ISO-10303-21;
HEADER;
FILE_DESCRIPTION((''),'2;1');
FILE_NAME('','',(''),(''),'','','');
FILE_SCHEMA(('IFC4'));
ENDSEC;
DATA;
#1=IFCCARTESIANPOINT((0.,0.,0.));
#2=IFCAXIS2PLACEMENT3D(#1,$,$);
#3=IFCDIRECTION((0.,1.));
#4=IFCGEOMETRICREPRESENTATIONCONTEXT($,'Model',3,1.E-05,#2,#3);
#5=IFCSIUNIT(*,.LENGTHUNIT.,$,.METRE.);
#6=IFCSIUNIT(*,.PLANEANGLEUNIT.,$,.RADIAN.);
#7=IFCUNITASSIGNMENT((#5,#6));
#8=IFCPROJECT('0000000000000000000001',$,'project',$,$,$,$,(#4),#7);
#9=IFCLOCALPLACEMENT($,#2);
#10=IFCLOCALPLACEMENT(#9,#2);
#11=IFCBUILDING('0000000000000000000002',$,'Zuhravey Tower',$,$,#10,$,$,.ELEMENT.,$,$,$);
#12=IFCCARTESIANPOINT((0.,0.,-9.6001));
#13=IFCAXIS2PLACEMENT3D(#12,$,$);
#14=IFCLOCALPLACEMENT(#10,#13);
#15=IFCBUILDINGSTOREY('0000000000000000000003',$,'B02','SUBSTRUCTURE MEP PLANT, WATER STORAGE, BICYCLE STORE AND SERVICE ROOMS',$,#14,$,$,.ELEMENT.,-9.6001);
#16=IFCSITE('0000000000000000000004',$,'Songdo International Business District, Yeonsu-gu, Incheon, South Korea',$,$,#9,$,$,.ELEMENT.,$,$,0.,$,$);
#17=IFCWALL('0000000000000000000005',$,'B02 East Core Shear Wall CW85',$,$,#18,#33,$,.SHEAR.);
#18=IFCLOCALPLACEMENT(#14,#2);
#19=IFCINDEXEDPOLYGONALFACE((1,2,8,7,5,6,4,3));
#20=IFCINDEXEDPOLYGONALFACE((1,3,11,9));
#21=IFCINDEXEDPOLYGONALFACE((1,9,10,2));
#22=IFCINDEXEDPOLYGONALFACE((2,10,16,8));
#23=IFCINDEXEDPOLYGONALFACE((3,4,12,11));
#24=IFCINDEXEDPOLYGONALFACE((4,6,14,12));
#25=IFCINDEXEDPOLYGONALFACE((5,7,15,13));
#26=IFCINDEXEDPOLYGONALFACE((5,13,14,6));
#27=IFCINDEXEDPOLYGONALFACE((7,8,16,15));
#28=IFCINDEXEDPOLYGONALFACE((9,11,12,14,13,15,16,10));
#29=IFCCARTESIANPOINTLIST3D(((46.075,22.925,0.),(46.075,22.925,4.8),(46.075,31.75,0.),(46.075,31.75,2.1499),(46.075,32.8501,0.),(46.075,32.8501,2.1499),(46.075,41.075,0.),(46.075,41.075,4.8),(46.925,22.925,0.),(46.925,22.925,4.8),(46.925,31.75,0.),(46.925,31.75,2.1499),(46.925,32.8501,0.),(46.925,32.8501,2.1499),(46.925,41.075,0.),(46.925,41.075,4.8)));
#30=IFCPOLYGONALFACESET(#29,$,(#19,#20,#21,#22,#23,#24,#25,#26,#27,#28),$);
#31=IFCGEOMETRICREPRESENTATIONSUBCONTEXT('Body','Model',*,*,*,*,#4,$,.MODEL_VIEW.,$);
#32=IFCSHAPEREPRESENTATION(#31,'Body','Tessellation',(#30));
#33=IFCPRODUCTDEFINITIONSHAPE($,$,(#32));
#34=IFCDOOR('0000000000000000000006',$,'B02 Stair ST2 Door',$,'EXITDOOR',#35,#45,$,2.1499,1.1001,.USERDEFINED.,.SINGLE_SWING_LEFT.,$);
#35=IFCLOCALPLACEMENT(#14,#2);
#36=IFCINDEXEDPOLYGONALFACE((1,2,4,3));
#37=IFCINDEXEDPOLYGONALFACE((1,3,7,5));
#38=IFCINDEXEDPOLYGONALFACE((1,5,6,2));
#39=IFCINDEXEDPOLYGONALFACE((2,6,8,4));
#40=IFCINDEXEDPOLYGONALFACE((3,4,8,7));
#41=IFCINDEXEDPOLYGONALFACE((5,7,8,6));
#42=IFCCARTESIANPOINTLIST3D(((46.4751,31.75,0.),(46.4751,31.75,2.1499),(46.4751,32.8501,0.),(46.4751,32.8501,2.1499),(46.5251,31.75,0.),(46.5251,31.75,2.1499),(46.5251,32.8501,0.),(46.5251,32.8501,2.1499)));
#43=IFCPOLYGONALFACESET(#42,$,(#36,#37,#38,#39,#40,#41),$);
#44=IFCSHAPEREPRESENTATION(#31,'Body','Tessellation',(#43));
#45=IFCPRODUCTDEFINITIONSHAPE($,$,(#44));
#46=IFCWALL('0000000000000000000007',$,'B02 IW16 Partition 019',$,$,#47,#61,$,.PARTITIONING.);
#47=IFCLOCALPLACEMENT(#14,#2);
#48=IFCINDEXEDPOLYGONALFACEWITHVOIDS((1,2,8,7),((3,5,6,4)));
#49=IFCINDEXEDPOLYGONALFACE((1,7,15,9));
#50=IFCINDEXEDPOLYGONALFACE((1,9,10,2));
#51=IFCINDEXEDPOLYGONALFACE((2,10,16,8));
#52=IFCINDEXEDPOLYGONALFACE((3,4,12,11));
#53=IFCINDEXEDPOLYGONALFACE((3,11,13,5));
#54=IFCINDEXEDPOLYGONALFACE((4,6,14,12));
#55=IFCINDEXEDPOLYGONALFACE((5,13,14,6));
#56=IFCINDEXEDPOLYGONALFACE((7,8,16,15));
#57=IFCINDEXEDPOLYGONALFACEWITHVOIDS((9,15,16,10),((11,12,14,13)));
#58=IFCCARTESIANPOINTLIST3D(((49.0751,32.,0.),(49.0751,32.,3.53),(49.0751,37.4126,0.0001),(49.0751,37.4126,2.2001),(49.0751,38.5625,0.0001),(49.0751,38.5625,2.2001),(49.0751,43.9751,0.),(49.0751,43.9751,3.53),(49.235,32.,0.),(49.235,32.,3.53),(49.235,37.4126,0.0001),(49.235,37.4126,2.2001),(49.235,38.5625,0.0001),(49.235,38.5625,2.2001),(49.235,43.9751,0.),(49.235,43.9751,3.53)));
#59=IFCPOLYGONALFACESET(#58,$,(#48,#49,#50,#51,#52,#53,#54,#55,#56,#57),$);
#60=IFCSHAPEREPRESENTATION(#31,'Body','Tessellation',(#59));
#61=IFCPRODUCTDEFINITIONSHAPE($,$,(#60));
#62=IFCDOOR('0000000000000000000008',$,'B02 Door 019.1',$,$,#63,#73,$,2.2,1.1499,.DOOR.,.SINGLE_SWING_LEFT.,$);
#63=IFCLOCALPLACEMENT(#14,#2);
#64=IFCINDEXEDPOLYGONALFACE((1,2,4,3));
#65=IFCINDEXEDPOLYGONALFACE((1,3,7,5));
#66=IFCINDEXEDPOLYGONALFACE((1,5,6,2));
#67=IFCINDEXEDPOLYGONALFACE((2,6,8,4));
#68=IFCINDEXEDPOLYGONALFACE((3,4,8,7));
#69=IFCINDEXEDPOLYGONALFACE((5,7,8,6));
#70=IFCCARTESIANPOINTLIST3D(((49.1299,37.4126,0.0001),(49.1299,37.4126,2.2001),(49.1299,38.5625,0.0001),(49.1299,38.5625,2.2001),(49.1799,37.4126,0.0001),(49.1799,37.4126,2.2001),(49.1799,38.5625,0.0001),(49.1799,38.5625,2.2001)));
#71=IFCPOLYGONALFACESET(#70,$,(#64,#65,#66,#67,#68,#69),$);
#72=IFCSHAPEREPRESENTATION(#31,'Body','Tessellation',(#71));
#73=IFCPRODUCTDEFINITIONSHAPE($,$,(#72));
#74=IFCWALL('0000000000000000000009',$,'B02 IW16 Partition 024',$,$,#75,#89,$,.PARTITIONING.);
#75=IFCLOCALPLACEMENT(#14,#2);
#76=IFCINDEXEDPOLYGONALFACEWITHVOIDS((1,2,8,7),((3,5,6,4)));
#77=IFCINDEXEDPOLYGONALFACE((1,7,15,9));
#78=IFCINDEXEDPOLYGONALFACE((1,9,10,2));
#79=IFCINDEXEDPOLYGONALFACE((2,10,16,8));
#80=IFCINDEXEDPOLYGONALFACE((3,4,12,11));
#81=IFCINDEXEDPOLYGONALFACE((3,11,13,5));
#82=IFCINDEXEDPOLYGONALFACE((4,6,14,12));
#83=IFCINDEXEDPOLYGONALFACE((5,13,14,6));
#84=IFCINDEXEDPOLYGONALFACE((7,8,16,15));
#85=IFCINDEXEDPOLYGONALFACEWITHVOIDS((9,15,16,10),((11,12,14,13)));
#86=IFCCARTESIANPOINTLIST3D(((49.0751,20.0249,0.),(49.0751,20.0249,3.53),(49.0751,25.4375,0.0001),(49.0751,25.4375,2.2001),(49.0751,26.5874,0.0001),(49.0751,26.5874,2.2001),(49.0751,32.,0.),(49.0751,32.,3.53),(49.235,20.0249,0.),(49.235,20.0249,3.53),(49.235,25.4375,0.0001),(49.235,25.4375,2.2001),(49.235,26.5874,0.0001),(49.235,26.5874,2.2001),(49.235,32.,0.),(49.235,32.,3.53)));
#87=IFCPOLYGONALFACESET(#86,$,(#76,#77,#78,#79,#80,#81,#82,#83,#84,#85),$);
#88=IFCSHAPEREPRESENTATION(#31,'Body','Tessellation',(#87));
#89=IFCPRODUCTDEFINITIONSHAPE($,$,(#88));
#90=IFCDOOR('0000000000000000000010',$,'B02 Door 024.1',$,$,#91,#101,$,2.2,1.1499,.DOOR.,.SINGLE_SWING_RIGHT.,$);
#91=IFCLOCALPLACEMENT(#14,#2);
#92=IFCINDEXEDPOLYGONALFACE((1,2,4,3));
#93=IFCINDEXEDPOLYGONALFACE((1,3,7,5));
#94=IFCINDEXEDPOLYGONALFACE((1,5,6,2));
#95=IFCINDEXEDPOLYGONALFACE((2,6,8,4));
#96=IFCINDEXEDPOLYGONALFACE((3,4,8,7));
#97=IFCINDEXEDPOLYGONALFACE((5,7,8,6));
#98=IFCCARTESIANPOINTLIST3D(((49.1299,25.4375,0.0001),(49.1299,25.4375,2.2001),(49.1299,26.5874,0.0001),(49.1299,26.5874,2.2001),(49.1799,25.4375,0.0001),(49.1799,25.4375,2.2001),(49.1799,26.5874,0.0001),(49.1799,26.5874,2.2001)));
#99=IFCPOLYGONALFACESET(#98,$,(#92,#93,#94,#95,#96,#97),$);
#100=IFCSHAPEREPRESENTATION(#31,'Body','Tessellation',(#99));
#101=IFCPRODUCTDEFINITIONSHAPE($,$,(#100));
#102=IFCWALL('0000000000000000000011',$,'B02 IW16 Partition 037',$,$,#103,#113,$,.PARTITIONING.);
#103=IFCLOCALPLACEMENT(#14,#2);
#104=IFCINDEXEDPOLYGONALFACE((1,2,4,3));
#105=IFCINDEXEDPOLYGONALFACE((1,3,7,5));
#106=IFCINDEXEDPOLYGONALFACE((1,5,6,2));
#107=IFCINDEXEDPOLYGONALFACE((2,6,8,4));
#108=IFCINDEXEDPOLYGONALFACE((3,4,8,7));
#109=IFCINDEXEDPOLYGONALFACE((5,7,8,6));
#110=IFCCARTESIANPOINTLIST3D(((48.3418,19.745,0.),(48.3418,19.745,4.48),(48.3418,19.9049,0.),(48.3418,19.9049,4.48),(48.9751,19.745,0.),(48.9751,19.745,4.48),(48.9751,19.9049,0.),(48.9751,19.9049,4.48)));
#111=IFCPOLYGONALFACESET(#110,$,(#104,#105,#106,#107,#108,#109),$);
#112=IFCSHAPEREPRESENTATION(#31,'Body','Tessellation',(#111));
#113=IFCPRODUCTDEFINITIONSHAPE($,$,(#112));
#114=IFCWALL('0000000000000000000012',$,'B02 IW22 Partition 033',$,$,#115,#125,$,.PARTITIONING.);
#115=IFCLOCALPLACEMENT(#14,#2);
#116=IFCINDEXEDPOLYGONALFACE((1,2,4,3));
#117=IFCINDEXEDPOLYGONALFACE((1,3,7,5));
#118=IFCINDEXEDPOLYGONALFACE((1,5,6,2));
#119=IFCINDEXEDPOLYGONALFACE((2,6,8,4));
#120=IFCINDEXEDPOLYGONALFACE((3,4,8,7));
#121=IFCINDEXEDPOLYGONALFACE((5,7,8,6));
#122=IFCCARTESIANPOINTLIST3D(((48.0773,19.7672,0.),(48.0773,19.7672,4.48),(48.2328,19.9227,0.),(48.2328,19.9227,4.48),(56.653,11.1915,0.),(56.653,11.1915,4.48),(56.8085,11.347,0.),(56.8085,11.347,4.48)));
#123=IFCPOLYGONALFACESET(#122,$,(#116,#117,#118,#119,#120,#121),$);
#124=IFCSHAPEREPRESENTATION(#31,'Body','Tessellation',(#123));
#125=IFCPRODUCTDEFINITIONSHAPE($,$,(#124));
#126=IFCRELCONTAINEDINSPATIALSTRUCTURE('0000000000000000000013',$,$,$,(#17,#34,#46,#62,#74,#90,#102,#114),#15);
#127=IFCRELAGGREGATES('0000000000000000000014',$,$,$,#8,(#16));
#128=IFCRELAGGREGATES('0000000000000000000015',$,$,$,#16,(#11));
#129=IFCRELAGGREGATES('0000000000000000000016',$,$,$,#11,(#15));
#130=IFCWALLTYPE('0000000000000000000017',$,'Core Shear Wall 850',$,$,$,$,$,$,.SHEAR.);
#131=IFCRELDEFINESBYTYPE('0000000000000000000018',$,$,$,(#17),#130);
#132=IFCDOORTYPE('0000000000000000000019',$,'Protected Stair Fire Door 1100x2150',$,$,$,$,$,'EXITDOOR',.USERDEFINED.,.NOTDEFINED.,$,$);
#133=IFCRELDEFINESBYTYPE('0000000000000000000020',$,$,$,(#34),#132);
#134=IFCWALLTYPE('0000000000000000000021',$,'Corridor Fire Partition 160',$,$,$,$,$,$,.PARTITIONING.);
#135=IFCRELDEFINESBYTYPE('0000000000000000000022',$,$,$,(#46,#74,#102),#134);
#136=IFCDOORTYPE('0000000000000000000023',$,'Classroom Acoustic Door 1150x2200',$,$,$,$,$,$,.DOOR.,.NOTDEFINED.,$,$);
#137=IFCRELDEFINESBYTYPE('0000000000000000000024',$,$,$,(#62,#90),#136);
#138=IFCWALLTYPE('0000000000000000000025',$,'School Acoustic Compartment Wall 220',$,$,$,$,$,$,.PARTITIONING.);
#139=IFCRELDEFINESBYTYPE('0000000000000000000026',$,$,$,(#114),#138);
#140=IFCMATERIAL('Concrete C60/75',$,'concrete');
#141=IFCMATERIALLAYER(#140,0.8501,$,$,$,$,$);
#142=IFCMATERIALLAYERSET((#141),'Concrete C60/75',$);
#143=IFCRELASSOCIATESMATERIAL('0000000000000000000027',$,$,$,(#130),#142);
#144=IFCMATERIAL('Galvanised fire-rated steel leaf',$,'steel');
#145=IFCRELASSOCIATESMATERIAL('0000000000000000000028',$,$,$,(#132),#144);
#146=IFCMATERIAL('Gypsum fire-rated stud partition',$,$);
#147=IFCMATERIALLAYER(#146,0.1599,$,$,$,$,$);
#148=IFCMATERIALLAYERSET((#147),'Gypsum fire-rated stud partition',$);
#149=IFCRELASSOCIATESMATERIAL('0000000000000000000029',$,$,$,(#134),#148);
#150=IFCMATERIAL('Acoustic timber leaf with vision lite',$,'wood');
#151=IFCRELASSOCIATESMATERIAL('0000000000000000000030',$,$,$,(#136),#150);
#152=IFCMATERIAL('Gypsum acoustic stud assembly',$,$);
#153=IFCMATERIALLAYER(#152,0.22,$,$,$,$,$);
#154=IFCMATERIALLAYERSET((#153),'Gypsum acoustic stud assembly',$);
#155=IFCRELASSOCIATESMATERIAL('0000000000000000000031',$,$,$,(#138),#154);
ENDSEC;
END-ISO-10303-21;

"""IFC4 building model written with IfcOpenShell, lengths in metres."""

from ifc_helpers import new_model, si_unit, direction, frame, frame_2d, origin, place, context, subcontext, project, spatial, rectangle, extrude, material, layer, layer_set, type_object, element, fill, save


model = new_model("IFC4")

# Units and contexts
model_context = context("Model", 3, precision=1e-05, world=origin(), true_north=direction((0.0, 1.0)))
body_context = subcontext(model_context, "Body", "Model", "MODEL_VIEW")
ifc_project = project(units=[si_unit("LENGTHUNIT", "METRE"), si_unit("PLANEANGLEUNIT", "RADIAN")], contexts=[model_context])

# Site, building, storey
site_placement = place(None, origin())
site = spatial("IfcSite", under=ifc_project, at=site_placement, Name="Songdo International Business District, Yeonsu-gu, Incheon, South Korea", CompositionType="ELEMENT", RefElevation=0.0)
building_placement = place(site_placement, origin())
building = spatial("IfcBuilding", under=site, at=building_placement, Name="Zuhravey Tower", CompositionType="ELEMENT")
storey_placement = place(building_placement, frame((0.0, 0.0, -9.6001)))
storey = spatial("IfcBuildingStorey", under=building, at=storey_placement, Name="B02", Description="SUBSTRUCTURE MEP PLANT, WATER STORAGE, BICYCLE STORE AND SERVICE ROOMS", CompositionType="ELEMENT", Elevation=-9.6001)

# Shared definitions
ifc_material_1 = material(Name="Concrete C60/75", Category="concrete")

# Walls, openings, doors
ifc_layer_1 = layer(ifc_material_1, 0.8501)
ifc_layer_set_1 = layer_set([ifc_layer_1], Name="Concrete C60/75")
wall_type_1 = type_object("IfcWallType", Name="Core Shear Wall 850", PredefinedType="SHEAR", material=ifc_layer_set_1)
wall_1_placement = place(storey_placement, frame((46.5, 22.925, 0.0), z_axis=(0.0, 0.0, 1.0), x_axis=(0.0, 1.0, 0.0)))
wall_1 = element("IfcWall", 1, at=wall_1_placement, inside=storey, type_object=wall_type_1, Name="B02 East Core Shear Wall CW85", PredefinedType="SHEAR", context=body_context, shape_type="SweptSolid", body=[
    extrude(rectangle(XDim=18.1499, YDim=0.8501, at=frame_2d((9.075, 0.0))), origin(), (0.0, 0.0, 1.0), 4.8),
])
opening_1_placement = place(wall_1_placement, frame((8.825, 0.0, 0.0)))
opening_1 = element("IfcOpeningElement", 2, at=opening_1_placement, cuts=wall_1, PredefinedType="OPENING", context=body_context, shape_type="SweptSolid", body=[
    extrude(rectangle(XDim=1.1001, YDim=2.1499, at=frame_2d((0.55, 1.075))), frame((0.0, 0.437, 0.0), z_axis=(0.0, -1.0, 0.0), x_axis=(1.0, 0.0, 0.0)), (0.0, 0.0, 1.0), 0.874),
])
ifc_material_2 = material(Name="Galvanised fire-rated steel leaf", Category="steel")
door_type_1 = type_object("IfcDoorType", Name="Protected Stair Fire Door 1100x2150", ElementType="EXITDOOR", OperationType="NOTDEFINED", PredefinedType="USERDEFINED", material=ifc_material_2)
door_1_placement = place(opening_1_placement, origin())
door_1 = element("IfcDoor", 3, at=door_1_placement, inside=storey, type_object=door_type_1, Name="B02 Stair ST2 Door", ObjectType="EXITDOOR", OperationType="SINGLE_SWING_LEFT", OverallHeight=2.1499, OverallWidth=1.1001, PredefinedType="USERDEFINED", context=body_context, shape_type="SweptSolid", body=[
    extrude(rectangle(XDim=1.1001, YDim=2.1499, at=frame_2d((0.55, 1.075))), frame((0.0, 0.0249, 0.0), z_axis=(0.0, -1.0, 0.0), x_axis=(1.0, 0.0, 0.0)), (0.0, 0.0, 1.0), 0.05),
])
fill(opening_1, door_1)
ifc_material_3 = material(Name="Gypsum fire-rated stud partition")
ifc_layer_2 = layer(ifc_material_3, 0.1599)
ifc_layer_set_2 = layer_set([ifc_layer_2], Name="Gypsum fire-rated stud partition")
wall_type_2 = type_object("IfcWallType", Name="Corridor Fire Partition 160", PredefinedType="PARTITIONING", material=ifc_layer_set_2)
wall_2_placement = place(storey_placement, frame((49.155, 32.0, 0.0), z_axis=(0.0, 0.0, 1.0), x_axis=(0.0, 1.0, 0.0)))
wall_2 = element("IfcWall", 4, at=wall_2_placement, inside=storey, type_object=wall_type_2, Name="B02 IW16 Partition 019", PredefinedType="PARTITIONING", context=body_context, shape_type="SweptSolid", body=[
    extrude(rectangle(XDim=11.9751, YDim=0.1599, at=frame_2d((5.9875, 0.0))), origin(), (0.0, 0.0, 1.0), 3.53),
])
opening_2_placement = place(wall_2_placement, frame((5.4126, 0.0, 0.0)))
opening_2 = element("IfcOpeningElement", 5, at=opening_2_placement, cuts=wall_2, PredefinedType="OPENING", context=body_context, shape_type="SweptSolid", body=[
    extrude(rectangle(XDim=1.1499, YDim=2.2, at=frame_2d((0.575, 1.1001))), frame((0.0, 0.092, 0.0), z_axis=(0.0, -1.0, 0.0), x_axis=(1.0, 0.0, 0.0)), (0.0, 0.0, 1.0), 0.1838),
])
ifc_material_4 = material(Name="Acoustic timber leaf with vision lite", Category="wood")
door_type_2 = type_object("IfcDoorType", Name="Classroom Acoustic Door 1150x2200", OperationType="NOTDEFINED", PredefinedType="DOOR", material=ifc_material_4)
door_2_placement = place(opening_2_placement, frame((1.1499, 0.0, 0.0), z_axis=(0.0, 0.0, 1.0), x_axis=(-1.0, 0.0, 0.0)))
door_2 = element("IfcDoor", 6, at=door_2_placement, inside=storey, type_object=door_type_2, Name="B02 Door 019.1", OperationType="SINGLE_SWING_LEFT", OverallHeight=2.2, OverallWidth=1.1499, PredefinedType="DOOR", context=body_context, shape_type="SweptSolid", body=[
    extrude(rectangle(XDim=1.1499, YDim=2.2, at=frame_2d((0.575, 1.1001))), frame((0.0, 0.0249, 0.0), z_axis=(0.0, -1.0, 0.0), x_axis=(1.0, 0.0, 0.0)), (0.0, 0.0, 1.0), 0.05),
])
fill(opening_2, door_2)
wall_3_placement = place(storey_placement, frame((49.155, 20.0249, 0.0), z_axis=(0.0, 0.0, 1.0), x_axis=(0.0, 1.0, 0.0)))
wall_3 = element("IfcWall", 7, at=wall_3_placement, inside=storey, type_object=wall_type_2, Name="B02 IW16 Partition 024", PredefinedType="PARTITIONING", context=body_context, shape_type="SweptSolid", body=[
    extrude(rectangle(XDim=11.9751, YDim=0.1599, at=frame_2d((5.9875, 0.0))), origin(), (0.0, 0.0, 1.0), 3.53),
])
opening_3_placement = place(wall_3_placement, frame((5.4126, 0.0, 0.0)))
opening_3 = element("IfcOpeningElement", 8, at=opening_3_placement, cuts=wall_3, PredefinedType="OPENING", context=body_context, shape_type="SweptSolid", body=[
    extrude(rectangle(XDim=1.1499, YDim=2.2, at=frame_2d((0.575, 1.1001))), frame((0.0, 0.092, 0.0), z_axis=(0.0, -1.0, 0.0), x_axis=(1.0, 0.0, 0.0)), (0.0, 0.0, 1.0), 0.1838),
])
door_3_placement = place(opening_3_placement, frame((1.1499, 0.0, 0.0), z_axis=(0.0, 0.0, 1.0), x_axis=(-1.0, 0.0, 0.0)))
door_3 = element("IfcDoor", 9, at=door_3_placement, inside=storey, type_object=door_type_2, Name="B02 Door 024.1", OperationType="SINGLE_SWING_RIGHT", OverallHeight=2.2, OverallWidth=1.1499, PredefinedType="DOOR", context=body_context, shape_type="SweptSolid", body=[
    extrude(rectangle(XDim=1.1499, YDim=2.2, at=frame_2d((0.575, 1.1001))), frame((0.0, 0.0249, 0.0), z_axis=(0.0, -1.0, 0.0), x_axis=(1.0, 0.0, 0.0)), (0.0, 0.0, 1.0), 0.05),
])
fill(opening_3, door_3)

# Walls
wall_4_placement = place(storey_placement, frame((48.3418, 19.825, 0.0), z_axis=(0.0, 0.0, 1.0), x_axis=(1.0, 0.0, 0.0)))
element("IfcWall", 10, at=wall_4_placement, inside=storey, type_object=wall_type_2, Name="B02 IW16 Partition 037", PredefinedType="PARTITIONING", context=body_context, shape_type="SweptSolid", body=[
    extrude(rectangle(XDim=0.6333, YDim=0.1599, at=frame_2d((0.3167, 0.0))), origin(), (0.0, 0.0, 1.0), 4.48),
])
ifc_material_5 = material(Name="Gypsum acoustic stud assembly")
ifc_layer_3 = layer(ifc_material_5, 0.22)
ifc_layer_set_3 = layer_set([ifc_layer_3], Name="Gypsum acoustic stud assembly")
wall_type_3 = type_object("IfcWallType", Name="School Acoustic Compartment Wall 220", PredefinedType="PARTITIONING", material=ifc_layer_set_3)
wall_5_placement = place(storey_placement, frame((48.155, 19.845, 0.0), z_axis=(0.0, 0.0, 1.0), x_axis=(0.707107, -0.707107, 0.0)))
element("IfcWall", 11, at=wall_5_placement, inside=storey, type_object=wall_type_3, Name="B02 IW22 Partition 033", PredefinedType="PARTITIONING", context=body_context, shape_type="SweptSolid", body=[
    extrude(rectangle(XDim=12.1279, YDim=0.22, at=frame_2d((6.064, 0.0))), origin(), (0.0, 0.0, 1.0), 4.48),
])

save(model, "model.ifc")
